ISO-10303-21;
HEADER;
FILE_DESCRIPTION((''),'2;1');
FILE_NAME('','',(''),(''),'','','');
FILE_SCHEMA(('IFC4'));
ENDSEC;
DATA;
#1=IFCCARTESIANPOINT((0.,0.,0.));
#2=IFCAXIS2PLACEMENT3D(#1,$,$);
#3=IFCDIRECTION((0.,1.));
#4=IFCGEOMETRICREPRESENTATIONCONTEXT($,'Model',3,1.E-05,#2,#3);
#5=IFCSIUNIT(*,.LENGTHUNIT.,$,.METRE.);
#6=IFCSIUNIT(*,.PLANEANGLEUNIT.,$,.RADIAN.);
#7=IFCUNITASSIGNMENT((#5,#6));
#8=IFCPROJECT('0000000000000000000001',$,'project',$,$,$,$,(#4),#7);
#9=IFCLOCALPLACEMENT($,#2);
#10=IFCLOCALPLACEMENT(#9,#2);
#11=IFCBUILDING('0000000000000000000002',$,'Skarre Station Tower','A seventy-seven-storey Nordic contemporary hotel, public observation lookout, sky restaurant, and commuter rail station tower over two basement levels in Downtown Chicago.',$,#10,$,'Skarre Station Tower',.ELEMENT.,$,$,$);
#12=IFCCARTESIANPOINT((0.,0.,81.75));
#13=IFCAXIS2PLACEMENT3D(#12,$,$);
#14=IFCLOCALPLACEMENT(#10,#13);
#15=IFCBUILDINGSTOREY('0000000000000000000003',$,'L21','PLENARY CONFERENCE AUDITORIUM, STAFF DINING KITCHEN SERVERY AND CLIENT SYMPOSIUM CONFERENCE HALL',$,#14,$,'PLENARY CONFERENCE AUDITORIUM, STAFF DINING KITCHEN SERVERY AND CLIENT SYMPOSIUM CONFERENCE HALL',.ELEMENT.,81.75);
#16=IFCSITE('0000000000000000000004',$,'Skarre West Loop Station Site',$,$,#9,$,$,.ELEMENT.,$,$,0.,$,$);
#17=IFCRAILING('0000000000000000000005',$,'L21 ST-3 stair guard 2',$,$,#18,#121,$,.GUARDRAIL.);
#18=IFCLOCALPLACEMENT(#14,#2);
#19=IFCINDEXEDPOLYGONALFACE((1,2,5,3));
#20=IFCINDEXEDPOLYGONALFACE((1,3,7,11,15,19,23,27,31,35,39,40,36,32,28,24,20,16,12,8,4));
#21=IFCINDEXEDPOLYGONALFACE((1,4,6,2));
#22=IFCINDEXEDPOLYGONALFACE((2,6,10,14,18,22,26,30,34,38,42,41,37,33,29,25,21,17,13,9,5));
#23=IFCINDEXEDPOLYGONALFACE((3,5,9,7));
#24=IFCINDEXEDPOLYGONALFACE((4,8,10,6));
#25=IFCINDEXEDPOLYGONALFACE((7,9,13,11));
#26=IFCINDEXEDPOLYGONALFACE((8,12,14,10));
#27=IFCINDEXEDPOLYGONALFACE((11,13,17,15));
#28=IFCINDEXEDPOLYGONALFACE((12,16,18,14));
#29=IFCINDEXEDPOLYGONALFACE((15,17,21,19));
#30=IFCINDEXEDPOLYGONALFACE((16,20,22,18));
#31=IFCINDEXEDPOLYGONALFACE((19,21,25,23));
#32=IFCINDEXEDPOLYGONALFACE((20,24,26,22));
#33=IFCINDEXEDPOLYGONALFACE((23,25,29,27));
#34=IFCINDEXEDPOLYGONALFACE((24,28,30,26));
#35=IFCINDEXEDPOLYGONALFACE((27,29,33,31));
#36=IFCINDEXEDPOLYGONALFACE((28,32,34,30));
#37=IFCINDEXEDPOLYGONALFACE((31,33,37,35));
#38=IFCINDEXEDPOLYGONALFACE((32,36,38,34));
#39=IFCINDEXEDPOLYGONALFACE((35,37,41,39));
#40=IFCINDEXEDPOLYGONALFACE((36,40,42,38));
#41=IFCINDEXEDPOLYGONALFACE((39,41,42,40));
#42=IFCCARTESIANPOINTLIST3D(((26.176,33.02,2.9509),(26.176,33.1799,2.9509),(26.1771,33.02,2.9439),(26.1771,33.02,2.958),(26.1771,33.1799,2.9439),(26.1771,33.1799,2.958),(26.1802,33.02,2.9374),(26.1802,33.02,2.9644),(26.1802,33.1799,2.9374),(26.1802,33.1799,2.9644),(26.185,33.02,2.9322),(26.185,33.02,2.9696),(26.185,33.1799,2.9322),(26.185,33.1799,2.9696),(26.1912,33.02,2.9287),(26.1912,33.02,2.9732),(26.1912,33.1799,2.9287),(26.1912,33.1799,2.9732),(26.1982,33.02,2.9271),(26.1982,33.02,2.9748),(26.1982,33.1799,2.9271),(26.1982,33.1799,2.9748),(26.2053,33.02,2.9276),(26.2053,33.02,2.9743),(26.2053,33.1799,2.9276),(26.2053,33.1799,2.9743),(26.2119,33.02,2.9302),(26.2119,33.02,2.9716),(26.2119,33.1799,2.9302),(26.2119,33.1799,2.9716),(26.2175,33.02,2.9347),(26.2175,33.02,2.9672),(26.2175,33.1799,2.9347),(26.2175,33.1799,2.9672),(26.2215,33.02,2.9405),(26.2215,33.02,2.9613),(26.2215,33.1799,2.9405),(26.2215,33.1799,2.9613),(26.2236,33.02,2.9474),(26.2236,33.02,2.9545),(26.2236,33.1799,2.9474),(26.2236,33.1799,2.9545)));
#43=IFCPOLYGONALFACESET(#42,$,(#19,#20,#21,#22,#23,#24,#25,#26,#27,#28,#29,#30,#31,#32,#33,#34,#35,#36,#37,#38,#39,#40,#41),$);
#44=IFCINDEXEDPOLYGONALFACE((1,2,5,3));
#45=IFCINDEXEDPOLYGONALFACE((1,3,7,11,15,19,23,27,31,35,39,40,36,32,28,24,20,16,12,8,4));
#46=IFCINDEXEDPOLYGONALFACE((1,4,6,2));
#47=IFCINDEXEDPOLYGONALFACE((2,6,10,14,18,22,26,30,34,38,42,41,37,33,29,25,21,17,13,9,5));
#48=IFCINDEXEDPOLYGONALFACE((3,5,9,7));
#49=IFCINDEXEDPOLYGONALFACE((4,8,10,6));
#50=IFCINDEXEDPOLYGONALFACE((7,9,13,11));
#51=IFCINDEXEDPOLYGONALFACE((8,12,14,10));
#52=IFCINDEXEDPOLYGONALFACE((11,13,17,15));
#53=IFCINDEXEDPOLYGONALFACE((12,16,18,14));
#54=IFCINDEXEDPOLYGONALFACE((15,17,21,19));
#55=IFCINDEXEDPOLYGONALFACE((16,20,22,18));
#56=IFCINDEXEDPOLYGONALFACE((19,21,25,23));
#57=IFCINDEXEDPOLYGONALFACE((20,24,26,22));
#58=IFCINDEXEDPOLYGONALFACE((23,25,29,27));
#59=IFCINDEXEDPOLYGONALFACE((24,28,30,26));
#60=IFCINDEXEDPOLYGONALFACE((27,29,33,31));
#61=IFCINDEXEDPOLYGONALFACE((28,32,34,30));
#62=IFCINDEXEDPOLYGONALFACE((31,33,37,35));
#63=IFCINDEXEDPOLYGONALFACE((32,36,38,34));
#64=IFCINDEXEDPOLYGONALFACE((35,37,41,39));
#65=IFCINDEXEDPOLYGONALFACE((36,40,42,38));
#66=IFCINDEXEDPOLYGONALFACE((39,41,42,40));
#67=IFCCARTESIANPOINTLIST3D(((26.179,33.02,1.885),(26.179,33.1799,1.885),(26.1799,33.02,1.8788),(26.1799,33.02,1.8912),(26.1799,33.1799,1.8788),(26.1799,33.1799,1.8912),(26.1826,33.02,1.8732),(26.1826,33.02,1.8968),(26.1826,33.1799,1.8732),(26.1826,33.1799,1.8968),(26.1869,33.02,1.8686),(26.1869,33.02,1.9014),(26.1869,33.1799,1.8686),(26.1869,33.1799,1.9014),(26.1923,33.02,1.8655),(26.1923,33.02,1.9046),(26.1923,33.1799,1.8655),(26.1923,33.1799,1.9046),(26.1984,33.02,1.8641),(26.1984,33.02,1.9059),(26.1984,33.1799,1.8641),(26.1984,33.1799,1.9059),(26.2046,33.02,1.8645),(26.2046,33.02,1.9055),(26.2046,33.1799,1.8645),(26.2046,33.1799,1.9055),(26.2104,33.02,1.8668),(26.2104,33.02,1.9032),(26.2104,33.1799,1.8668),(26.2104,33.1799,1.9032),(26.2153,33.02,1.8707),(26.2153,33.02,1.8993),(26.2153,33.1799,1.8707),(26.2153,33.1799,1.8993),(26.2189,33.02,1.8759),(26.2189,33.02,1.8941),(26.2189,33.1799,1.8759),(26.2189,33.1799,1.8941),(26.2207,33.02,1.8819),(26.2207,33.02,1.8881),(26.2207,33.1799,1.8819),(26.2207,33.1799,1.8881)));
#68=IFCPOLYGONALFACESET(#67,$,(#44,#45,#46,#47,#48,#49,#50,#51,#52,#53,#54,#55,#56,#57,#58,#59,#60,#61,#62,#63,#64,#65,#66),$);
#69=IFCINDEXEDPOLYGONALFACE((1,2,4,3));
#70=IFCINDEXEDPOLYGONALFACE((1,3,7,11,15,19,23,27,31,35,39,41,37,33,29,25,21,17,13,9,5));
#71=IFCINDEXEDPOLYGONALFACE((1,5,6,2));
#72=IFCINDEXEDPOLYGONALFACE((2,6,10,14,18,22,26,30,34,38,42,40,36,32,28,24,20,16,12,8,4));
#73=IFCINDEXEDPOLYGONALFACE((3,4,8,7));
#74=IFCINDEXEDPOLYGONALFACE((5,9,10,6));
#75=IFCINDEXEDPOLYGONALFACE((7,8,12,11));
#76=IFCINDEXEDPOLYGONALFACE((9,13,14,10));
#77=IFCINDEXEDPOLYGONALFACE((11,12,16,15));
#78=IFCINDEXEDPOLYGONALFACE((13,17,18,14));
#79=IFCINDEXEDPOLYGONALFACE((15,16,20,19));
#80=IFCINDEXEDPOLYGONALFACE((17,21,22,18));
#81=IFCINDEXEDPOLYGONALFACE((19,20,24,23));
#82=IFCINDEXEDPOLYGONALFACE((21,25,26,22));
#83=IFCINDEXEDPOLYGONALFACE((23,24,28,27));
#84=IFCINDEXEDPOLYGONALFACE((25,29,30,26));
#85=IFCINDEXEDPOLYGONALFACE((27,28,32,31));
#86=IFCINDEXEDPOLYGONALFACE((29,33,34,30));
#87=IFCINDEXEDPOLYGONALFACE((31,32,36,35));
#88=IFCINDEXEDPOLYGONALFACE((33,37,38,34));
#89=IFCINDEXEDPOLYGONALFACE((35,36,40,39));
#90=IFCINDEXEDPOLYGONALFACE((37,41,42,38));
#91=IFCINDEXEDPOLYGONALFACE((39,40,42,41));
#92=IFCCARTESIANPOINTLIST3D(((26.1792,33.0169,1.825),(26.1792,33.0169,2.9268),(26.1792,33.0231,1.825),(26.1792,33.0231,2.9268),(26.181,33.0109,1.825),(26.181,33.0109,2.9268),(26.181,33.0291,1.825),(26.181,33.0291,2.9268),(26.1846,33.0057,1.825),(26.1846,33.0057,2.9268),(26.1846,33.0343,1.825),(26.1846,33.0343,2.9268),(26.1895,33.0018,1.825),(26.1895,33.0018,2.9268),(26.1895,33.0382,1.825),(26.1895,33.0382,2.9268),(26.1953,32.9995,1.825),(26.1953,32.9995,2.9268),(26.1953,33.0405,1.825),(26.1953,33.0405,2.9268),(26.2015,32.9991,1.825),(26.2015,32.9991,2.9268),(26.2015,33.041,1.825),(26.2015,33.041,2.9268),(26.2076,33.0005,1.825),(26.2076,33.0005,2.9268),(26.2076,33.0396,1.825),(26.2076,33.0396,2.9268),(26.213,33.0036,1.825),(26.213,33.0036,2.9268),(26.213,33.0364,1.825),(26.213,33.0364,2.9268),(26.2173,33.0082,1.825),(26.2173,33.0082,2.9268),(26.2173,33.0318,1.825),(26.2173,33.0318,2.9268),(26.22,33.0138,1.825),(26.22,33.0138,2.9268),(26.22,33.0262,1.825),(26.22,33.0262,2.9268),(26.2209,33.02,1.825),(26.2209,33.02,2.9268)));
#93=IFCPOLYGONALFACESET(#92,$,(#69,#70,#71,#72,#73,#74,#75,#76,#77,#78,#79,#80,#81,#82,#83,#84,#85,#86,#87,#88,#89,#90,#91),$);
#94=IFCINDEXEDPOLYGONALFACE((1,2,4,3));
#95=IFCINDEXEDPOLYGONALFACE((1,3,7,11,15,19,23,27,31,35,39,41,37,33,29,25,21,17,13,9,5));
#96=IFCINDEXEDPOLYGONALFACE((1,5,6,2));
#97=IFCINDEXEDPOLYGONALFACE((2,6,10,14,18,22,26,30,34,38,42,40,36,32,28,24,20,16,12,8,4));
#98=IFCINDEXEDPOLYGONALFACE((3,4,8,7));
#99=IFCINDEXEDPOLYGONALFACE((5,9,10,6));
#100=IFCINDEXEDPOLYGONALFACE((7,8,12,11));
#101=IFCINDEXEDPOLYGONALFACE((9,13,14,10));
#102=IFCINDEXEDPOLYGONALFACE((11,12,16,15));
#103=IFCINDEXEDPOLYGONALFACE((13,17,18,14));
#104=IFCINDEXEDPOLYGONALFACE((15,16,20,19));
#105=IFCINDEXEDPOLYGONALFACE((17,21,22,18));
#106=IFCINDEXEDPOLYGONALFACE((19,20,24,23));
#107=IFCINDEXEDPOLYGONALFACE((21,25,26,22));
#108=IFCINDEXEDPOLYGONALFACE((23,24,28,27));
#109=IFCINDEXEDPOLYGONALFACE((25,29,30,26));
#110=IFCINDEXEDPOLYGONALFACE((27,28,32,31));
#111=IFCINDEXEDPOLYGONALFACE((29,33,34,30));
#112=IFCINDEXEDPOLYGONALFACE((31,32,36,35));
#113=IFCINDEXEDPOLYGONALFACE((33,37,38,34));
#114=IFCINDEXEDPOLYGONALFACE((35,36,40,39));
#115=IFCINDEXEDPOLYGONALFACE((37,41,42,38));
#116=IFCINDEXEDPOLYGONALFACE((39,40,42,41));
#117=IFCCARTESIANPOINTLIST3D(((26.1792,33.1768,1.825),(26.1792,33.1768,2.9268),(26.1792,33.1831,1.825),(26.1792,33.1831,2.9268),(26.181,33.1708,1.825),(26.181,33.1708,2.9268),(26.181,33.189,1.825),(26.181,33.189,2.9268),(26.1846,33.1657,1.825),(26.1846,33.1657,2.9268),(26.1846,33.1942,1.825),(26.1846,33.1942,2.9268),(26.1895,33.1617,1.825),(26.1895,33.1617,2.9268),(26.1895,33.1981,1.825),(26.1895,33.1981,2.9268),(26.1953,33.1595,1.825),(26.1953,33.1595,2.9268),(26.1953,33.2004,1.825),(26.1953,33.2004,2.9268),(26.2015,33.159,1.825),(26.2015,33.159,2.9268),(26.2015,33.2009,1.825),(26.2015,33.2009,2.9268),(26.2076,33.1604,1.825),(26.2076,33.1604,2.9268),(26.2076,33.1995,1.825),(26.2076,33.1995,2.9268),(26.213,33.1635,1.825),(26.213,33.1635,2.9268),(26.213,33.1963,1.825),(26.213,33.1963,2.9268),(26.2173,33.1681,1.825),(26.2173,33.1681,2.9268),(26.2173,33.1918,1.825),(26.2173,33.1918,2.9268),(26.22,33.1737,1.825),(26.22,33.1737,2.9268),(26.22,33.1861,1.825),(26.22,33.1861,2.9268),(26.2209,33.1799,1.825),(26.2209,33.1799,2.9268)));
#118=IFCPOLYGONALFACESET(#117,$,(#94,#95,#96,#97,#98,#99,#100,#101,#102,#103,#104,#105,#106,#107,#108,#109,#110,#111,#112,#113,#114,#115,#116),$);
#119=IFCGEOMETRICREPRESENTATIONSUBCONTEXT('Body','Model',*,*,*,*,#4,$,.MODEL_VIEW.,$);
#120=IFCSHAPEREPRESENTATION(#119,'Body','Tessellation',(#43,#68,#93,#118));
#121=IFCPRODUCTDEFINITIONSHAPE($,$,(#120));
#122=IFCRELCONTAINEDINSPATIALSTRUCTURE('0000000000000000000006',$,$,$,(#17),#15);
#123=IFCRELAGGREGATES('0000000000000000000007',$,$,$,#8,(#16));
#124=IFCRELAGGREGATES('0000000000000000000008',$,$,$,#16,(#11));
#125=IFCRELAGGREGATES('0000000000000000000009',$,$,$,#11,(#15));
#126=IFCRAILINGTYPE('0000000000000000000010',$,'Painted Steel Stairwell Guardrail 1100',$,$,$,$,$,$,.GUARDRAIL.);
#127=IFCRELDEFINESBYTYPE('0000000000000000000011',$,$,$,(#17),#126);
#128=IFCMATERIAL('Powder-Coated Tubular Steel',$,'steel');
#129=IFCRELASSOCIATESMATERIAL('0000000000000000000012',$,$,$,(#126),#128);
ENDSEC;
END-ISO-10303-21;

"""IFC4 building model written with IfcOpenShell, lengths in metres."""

from ifc_helpers import new_model, si_unit, direction, frame, origin, origin_2d, place, context, subcontext, project, spatial, circle, extrude, material, type_object, element, save


model = new_model("IFC4")

# Units and contexts
model_context = context("Model", 3, precision=1e-05, world=origin(), true_north=direction((0.0, 1.0)))
body_context = subcontext(model_context, "Body", "Model", "MODEL_VIEW")
ifc_project = project(units=[si_unit("LENGTHUNIT", "METRE"), si_unit("PLANEANGLEUNIT", "RADIAN")], contexts=[model_context])

# Site, building, storey
site_placement = place(None, origin())
site = spatial("IfcSite", under=ifc_project, at=site_placement, Name="Skarre West Loop Station Site", CompositionType="ELEMENT", RefElevation=0.0)
building_placement = place(site_placement, origin())
building = spatial("IfcBuilding", under=site, at=building_placement, Name="Skarre Station Tower", Description="A seventy-seven-storey Nordic contemporary hotel, public observation lookout, sky restaurant, and commuter rail station tower over two basement levels in Downtown Chicago.", LongName="Skarre Station Tower", CompositionType="ELEMENT")
storey_placement = place(building_placement, frame((0.0, 0.0, 81.75)))
storey = spatial("IfcBuildingStorey", under=building, at=storey_placement, Name="L21", Description="PLENARY CONFERENCE AUDITORIUM, STAFF DINING KITCHEN SERVERY AND CLIENT SYMPOSIUM CONFERENCE HALL", LongName="PLENARY CONFERENCE AUDITORIUM, STAFF DINING KITCHEN SERVERY AND CLIENT SYMPOSIUM CONFERENCE HALL", CompositionType="ELEMENT", Elevation=81.75)

# Railing
ifc_material_1 = material(Name="Powder-Coated Tubular Steel", Category="steel")
railing_type_1 = type_object("IfcRailingType", Name="Painted Steel Stairwell Guardrail 1100", PredefinedType="GUARDRAIL", material=ifc_material_1)
railing_1_placement = place(storey_placement, frame((26.2, 33.02, 1.825)))
element("IfcRailing", 1, at=railing_1_placement, inside=storey, type_object=railing_type_1, Name="L21 ST-3 stair guard 2", PredefinedType="GUARDRAIL", context=body_context, shape_type="SweptSolid", body=[
    extrude(circle(Radius=0.0239, at=origin_2d()), frame((0.0, 0.0, 1.126), z_axis=(0.0, 1.0, 0.0), x_axis=(-1.0, 0.0, 0.0)), (0.0, 0.0, 1.0), 0.1599),
    extrude(circle(Radius=0.021, at=origin_2d()), frame((0.0, 0.0, 0.0601), z_axis=(0.0, 1.0, 0.0), x_axis=(-1.0, 0.0, 0.0)), (0.0, 0.0, 1.0), 0.1599),
    extrude(circle(Radius=0.021, at=origin_2d()), origin(), (0.0, 0.0, 1.0), 1.1018),
    extrude(circle(Radius=0.021, at=origin_2d()), frame((0.0, 0.1599, 0.0)), (0.0, 0.0, 1.0), 1.1018),
])

save(model, "model.ifc")
